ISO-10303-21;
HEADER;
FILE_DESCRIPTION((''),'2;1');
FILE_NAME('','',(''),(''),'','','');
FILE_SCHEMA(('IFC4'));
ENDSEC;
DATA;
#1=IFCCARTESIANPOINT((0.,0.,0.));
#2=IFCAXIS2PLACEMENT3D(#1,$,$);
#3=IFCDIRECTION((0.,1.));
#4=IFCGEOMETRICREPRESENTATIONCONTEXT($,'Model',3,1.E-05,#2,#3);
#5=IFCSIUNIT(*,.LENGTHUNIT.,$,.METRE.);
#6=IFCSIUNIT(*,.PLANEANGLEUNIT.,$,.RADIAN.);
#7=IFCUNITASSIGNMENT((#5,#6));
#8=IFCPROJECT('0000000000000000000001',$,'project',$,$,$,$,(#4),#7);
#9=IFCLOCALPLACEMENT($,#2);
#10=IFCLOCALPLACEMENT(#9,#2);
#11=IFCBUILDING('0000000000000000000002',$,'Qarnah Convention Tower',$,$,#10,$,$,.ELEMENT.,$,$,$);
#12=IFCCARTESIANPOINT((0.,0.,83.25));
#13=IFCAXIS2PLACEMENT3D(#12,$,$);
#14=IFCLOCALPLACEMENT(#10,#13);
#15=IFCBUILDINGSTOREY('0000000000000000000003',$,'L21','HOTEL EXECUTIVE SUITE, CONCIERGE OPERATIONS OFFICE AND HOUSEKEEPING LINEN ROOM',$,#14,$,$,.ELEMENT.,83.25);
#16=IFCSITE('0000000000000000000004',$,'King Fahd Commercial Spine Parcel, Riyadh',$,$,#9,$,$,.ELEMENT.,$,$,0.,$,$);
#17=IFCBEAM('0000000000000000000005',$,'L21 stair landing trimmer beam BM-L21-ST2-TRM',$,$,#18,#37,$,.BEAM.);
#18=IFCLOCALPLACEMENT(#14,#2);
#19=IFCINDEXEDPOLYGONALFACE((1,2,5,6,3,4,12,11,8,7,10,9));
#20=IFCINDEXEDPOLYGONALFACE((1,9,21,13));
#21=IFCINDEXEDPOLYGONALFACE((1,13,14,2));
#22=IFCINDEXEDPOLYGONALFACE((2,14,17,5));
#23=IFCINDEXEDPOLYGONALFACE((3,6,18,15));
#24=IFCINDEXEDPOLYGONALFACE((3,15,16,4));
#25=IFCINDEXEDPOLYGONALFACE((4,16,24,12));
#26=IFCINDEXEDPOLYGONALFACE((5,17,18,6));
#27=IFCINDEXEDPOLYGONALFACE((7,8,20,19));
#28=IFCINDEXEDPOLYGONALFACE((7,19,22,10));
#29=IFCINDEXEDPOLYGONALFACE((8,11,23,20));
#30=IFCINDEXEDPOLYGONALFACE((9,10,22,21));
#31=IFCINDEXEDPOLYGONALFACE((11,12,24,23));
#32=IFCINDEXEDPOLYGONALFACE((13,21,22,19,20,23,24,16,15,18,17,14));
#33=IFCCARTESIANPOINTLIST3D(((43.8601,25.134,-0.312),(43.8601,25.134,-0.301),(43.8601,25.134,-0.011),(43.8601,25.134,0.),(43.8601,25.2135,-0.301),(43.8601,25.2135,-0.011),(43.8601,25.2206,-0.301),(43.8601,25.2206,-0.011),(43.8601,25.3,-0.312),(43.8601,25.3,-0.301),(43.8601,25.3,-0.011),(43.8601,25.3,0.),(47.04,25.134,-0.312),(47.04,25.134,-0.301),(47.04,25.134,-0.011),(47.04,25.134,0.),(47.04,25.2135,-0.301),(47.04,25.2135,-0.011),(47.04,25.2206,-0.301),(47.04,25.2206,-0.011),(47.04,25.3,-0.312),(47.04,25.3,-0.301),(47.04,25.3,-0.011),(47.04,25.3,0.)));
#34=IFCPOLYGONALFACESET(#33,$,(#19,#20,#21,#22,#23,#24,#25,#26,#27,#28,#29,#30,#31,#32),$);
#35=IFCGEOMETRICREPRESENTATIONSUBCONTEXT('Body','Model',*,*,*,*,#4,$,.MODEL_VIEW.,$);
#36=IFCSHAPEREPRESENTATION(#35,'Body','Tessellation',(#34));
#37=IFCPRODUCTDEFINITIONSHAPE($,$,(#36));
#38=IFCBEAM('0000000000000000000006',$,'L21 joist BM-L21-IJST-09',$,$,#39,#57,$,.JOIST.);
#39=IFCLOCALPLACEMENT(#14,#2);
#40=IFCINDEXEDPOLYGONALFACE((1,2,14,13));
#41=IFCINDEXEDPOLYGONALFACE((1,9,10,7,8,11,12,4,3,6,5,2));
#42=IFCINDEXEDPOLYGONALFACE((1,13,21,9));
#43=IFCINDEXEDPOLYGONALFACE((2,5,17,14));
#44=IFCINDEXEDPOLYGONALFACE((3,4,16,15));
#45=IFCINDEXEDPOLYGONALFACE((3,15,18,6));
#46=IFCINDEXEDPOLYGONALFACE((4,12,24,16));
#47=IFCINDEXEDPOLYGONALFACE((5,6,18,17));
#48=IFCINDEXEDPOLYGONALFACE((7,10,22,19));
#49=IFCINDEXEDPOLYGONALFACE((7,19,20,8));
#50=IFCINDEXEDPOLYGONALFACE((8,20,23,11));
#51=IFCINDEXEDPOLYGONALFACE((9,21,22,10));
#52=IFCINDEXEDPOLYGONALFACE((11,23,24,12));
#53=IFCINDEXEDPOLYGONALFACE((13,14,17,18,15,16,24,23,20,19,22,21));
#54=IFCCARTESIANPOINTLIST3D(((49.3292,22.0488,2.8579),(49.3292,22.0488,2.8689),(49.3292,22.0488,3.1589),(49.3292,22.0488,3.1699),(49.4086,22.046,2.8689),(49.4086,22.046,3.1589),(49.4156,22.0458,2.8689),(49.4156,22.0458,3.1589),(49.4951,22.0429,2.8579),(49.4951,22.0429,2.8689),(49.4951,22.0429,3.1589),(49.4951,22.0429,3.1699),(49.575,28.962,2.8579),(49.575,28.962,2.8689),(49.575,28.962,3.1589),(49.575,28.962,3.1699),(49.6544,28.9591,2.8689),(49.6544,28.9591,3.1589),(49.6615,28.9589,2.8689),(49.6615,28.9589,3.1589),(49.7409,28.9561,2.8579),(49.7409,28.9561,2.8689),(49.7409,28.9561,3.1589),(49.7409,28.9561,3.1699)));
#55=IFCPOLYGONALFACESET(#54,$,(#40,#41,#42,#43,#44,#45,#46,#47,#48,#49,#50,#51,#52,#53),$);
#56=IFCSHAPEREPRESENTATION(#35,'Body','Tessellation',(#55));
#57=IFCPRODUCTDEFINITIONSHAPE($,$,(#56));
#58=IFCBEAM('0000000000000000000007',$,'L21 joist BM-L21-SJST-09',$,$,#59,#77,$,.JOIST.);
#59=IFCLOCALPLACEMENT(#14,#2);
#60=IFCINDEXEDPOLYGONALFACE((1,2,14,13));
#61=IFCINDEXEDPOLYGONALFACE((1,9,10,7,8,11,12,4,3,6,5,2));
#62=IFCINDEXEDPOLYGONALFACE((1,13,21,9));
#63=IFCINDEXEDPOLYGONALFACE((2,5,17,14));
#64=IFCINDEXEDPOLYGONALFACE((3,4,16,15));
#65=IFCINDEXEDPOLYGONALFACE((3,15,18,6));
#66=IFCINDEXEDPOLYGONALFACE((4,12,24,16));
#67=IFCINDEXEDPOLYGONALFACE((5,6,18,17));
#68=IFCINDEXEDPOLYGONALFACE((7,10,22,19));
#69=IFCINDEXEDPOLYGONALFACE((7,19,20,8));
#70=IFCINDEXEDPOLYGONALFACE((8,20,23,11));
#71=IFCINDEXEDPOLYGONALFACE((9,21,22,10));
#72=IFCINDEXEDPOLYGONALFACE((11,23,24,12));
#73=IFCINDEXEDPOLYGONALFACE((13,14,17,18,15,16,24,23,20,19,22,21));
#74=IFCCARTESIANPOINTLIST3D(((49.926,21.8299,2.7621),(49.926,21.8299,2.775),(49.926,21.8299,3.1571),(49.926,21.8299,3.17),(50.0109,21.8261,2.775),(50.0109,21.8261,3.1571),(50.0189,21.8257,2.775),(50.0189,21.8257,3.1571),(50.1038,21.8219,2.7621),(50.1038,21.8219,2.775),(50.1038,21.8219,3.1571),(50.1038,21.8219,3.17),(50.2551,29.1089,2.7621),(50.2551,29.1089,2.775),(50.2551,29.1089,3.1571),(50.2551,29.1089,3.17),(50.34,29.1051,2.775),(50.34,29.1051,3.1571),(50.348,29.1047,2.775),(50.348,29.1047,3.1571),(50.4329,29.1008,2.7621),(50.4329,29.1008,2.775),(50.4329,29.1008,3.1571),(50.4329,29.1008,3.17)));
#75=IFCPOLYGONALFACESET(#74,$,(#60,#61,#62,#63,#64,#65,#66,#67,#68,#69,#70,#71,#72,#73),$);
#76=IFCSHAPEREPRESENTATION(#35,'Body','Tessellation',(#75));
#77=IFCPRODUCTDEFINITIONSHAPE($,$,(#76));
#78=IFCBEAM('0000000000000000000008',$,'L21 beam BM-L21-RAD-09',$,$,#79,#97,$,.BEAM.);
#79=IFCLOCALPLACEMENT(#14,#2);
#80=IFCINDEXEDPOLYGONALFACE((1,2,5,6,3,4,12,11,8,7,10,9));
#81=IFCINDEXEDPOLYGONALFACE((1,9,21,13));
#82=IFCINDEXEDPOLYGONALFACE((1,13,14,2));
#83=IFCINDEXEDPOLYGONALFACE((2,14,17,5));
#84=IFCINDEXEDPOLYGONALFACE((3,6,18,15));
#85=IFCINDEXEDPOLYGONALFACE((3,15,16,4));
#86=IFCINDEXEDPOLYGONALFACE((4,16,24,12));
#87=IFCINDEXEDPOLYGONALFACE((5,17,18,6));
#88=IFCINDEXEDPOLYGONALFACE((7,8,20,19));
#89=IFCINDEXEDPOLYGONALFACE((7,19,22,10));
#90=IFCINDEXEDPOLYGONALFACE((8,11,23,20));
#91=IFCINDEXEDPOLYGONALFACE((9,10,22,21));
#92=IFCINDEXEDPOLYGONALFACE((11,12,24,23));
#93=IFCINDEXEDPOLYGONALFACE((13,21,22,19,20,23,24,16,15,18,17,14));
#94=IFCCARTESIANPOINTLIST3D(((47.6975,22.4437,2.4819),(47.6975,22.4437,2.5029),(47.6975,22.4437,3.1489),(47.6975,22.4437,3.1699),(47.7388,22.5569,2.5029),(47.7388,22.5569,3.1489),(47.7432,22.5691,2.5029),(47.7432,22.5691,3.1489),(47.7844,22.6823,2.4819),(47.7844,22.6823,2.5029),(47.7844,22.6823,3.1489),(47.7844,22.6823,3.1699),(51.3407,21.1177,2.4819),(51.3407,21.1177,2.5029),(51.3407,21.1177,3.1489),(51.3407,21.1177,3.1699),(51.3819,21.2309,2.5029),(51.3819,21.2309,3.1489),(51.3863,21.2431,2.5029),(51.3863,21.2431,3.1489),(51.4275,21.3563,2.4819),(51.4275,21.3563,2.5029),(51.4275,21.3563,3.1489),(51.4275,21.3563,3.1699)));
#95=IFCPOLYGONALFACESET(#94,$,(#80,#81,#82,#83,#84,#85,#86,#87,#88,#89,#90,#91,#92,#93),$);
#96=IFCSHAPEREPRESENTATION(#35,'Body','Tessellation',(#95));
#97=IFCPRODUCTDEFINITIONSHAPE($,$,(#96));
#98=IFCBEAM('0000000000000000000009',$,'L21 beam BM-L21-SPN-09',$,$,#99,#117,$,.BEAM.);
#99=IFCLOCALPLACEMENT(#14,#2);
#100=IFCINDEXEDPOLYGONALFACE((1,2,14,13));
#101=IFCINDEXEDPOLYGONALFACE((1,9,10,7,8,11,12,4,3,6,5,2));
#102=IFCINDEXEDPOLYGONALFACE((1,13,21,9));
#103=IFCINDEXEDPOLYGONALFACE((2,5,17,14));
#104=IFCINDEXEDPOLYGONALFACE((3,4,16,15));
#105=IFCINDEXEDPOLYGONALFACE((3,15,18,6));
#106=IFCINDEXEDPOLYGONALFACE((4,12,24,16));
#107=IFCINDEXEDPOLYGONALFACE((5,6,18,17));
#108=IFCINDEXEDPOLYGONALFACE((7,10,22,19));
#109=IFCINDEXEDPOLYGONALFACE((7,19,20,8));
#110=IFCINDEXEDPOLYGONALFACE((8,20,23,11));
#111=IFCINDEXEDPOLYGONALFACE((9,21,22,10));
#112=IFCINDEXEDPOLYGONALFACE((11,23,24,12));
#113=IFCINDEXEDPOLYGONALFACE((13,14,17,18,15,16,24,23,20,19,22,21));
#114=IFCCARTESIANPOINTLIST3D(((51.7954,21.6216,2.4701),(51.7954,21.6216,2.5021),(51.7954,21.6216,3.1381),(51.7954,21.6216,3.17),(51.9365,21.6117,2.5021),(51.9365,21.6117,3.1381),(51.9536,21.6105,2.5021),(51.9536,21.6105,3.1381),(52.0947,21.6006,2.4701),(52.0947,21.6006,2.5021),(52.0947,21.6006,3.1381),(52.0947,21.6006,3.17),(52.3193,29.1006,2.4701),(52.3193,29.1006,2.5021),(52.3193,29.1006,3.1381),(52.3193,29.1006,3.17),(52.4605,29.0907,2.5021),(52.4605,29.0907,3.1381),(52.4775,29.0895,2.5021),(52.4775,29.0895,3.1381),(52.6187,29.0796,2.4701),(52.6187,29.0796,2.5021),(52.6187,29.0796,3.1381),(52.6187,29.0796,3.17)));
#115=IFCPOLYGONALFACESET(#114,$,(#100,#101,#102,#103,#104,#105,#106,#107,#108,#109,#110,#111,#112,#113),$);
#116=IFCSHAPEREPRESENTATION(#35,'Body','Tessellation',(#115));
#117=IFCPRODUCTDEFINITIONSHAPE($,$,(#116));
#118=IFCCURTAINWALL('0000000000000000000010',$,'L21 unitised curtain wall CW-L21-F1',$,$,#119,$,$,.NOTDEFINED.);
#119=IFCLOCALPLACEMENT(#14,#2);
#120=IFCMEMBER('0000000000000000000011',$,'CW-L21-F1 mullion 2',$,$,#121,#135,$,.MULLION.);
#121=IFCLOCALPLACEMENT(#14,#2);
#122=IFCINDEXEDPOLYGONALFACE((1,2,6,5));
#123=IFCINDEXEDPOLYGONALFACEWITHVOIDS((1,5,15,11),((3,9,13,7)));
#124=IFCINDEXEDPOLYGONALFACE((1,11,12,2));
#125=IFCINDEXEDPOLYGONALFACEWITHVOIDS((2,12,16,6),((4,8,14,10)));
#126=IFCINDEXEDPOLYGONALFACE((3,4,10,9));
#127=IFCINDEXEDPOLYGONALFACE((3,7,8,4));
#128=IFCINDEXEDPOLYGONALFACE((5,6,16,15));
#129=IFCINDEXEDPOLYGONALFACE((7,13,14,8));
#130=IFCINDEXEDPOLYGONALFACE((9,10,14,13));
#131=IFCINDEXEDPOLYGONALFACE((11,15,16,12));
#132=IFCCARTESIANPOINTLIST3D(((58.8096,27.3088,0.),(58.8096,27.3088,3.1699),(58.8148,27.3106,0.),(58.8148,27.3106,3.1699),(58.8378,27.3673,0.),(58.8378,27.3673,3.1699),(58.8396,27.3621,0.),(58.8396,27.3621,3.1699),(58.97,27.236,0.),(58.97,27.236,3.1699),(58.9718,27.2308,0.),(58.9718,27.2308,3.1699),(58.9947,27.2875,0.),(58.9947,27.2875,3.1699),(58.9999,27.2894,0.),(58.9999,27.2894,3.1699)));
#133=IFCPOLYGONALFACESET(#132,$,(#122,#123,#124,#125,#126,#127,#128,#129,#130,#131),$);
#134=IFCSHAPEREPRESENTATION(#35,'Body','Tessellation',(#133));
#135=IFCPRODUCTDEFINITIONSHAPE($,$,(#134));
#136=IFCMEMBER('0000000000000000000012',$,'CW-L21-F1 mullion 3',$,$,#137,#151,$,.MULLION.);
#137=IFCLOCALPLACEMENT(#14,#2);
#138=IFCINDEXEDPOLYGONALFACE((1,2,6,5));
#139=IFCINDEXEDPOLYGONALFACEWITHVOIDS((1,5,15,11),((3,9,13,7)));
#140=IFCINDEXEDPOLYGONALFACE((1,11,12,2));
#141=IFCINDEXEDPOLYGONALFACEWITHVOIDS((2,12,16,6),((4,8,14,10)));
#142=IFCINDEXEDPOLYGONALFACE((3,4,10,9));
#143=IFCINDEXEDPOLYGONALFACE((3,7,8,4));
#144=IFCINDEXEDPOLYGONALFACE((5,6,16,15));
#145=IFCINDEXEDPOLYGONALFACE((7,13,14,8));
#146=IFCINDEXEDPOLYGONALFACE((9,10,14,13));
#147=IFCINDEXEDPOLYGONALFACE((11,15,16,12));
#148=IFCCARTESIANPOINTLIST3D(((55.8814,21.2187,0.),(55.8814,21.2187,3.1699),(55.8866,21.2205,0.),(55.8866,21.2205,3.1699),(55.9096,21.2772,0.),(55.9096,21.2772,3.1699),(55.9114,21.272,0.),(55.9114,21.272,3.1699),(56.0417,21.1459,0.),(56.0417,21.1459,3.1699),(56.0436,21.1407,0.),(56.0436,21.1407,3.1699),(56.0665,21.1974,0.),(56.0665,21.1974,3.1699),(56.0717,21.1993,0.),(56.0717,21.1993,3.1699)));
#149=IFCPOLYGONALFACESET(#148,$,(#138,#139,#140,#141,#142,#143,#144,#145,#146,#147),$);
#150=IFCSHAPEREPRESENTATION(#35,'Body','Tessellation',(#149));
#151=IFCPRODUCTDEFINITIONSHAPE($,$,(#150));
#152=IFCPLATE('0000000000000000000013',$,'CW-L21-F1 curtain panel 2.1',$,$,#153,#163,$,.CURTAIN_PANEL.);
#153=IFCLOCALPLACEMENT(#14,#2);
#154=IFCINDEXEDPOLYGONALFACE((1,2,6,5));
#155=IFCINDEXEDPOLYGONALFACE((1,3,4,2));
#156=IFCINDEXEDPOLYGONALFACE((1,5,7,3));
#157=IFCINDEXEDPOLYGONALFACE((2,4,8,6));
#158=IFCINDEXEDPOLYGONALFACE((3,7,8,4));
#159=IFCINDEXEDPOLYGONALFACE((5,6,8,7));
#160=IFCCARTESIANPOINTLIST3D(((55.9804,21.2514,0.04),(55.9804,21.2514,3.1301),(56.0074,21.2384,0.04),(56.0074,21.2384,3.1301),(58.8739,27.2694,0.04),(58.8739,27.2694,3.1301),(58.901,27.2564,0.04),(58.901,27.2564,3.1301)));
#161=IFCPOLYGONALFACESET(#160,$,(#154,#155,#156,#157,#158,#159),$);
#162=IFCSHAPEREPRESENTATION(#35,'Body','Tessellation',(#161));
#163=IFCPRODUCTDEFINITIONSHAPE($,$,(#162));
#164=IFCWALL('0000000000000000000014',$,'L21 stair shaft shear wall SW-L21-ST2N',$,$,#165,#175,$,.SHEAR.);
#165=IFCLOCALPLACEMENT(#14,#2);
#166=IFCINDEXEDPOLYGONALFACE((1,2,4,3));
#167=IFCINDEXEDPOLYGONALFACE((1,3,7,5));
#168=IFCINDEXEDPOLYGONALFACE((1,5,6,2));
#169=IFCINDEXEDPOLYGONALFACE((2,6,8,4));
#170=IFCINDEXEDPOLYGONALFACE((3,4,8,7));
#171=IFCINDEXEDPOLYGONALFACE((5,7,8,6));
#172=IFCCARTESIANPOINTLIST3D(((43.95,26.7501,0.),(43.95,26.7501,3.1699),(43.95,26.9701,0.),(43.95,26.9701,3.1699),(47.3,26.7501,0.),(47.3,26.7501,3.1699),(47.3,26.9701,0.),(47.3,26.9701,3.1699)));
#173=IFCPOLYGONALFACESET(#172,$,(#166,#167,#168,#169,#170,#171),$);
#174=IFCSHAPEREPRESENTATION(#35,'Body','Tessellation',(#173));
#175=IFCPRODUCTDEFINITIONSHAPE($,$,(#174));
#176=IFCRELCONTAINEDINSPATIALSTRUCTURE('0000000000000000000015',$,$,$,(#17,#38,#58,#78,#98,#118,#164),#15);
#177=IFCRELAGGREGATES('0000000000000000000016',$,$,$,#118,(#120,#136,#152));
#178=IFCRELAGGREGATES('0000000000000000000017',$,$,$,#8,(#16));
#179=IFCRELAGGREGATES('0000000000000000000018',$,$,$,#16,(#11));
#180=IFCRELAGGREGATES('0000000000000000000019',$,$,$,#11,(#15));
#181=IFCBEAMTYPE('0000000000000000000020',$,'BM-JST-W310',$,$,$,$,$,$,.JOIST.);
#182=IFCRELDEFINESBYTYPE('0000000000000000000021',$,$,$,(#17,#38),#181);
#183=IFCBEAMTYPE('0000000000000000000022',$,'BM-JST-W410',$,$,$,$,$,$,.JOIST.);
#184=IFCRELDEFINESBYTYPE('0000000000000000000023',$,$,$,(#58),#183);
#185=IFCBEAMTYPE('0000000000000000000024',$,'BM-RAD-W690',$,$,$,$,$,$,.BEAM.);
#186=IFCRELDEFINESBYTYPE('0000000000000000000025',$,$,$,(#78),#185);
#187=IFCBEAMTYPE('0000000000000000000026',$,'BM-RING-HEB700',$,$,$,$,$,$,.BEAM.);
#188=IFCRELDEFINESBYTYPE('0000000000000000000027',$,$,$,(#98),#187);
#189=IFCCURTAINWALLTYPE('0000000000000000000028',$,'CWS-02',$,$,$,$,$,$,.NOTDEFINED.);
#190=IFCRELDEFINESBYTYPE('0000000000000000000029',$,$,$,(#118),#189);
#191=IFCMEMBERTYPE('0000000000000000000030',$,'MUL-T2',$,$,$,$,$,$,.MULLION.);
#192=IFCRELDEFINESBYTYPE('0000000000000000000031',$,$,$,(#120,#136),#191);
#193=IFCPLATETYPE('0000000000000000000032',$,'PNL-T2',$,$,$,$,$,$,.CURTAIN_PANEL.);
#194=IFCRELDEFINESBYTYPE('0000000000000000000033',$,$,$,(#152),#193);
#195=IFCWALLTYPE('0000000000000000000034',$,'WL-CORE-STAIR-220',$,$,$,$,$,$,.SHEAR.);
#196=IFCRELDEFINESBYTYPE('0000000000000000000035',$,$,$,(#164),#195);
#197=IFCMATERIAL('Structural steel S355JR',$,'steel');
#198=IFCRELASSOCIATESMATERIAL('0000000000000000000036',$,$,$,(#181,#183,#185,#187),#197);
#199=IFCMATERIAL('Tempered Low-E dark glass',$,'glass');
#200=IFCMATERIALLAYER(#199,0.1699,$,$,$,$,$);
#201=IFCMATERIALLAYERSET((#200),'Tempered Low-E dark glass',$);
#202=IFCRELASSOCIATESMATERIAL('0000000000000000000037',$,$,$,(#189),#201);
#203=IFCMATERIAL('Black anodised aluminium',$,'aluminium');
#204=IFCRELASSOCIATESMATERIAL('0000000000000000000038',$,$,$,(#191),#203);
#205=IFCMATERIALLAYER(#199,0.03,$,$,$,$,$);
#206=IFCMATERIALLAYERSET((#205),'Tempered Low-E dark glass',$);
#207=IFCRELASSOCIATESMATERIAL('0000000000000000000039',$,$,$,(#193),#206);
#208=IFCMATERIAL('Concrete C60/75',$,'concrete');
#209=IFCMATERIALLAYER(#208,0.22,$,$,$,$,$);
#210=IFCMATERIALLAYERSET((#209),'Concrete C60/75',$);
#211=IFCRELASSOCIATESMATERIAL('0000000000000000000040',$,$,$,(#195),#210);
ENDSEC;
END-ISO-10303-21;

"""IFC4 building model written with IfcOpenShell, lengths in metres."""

from ifc_helpers import new_model, si_unit, direction, frame, frame_2d, origin, origin_2d, place, context, subcontext, project, spatial, rectangle, hollow_rectangle, i_section, extrude, material, layer, layer_set, material_profile, profile_set, type_object, element, aggregate, save


model = new_model("IFC4")

# Units and contexts
model_context = context("Model", 3, precision=1e-05, world=origin(), true_north=direction((0.0, 1.0)))
body_context = subcontext(model_context, "Body", "Model", "MODEL_VIEW")
ifc_project = project(units=[si_unit("LENGTHUNIT", "METRE"), si_unit("PLANEANGLEUNIT", "RADIAN")], contexts=[model_context])

# Site, building, storey
site_placement = place(None, origin())
site = spatial("IfcSite", under=ifc_project, at=site_placement, Name="King Fahd Commercial Spine Parcel, Riyadh", CompositionType="ELEMENT", RefElevation=0.0)
building_placement = place(site_placement, origin())
building = spatial("IfcBuilding", under=site, at=building_placement, Name="Qarnah Convention Tower", CompositionType="ELEMENT")
storey_placement = place(building_placement, frame((0.0, 0.0, 83.25)))
storey = spatial("IfcBuildingStorey", under=building, at=storey_placement, Name="L21", Description="HOTEL EXECUTIVE SUITE, CONCIERGE OPERATIONS OFFICE AND HOUSEKEEPING LINEN ROOM", CompositionType="ELEMENT", Elevation=83.25)

# Beams
ifc_material_1 = material(Name="Structural steel S355JR", Category="steel")
ifc_material_profile_1 = material_profile(ifc_material_1, i_section(OverallWidth=0.166, OverallDepth=0.312, WebThickness=0.0071, FlangeThickness=0.011, at=origin_2d()), Name="W310X45")
ifc_profile_set_1 = profile_set([ifc_material_profile_1], Name="Structural steel S355JR")
beam_type_1 = type_object("IfcBeamType", Name="BM-JST-W310", PredefinedType="JOIST", material=ifc_profile_set_1)
beam_1_placement = place(storey_placement, frame((43.8601, 25.217, -0.156), z_axis=(1.0, 0.0, 0.0), x_axis=(0.0, 1.0, 0.0)))
element("IfcBeam", 1, at=beam_1_placement, inside=storey, type_object=beam_type_1, Name="L21 stair landing trimmer beam BM-L21-ST2-TRM", PredefinedType="BEAM", context=body_context, shape_type="SweptSolid", body=[
    extrude(i_section(OverallWidth=0.166, OverallDepth=0.312, WebThickness=0.0071, FlangeThickness=0.011, at=origin_2d()), origin(), (0.0, 0.0, 1.0), 3.1799),
])
beam_2_placement = place(storey_placement, frame((49.4121, 22.0459, 3.0139), z_axis=(0.03554, 0.999368, 0.0), x_axis=(-0.999368, 0.03554, 0.0)))
element("IfcBeam", 2, at=beam_2_placement, inside=storey, type_object=beam_type_1, Name="L21 joist BM-L21-IJST-09", PredefinedType="JOIST", context=body_context, shape_type="SweptSolid", body=[
    extrude(i_section(OverallWidth=0.166, OverallDepth=0.312, WebThickness=0.0071, FlangeThickness=0.011, at=origin_2d()), origin(), (0.0, 0.0, 1.0), 6.9175),
])
ifc_material_profile_2 = material_profile(ifc_material_1, i_section(OverallWidth=0.178, OverallDepth=0.408, WebThickness=0.0081, FlangeThickness=0.0129, at=origin_2d()), Name="W410X60")
ifc_profile_set_2 = profile_set([ifc_material_profile_2], Name="Structural steel S355JR")
beam_type_2 = type_object("IfcBeamType", Name="BM-JST-W410", PredefinedType="JOIST", material=ifc_profile_set_2)
beam_3_placement = place(storey_placement, frame((50.0149, 21.8259, 2.9661), z_axis=(0.045166, 0.998979, 0.0), x_axis=(-0.998979, 0.045166, 0.0)))
element("IfcBeam", 3, at=beam_3_placement, inside=storey, type_object=beam_type_2, Name="L21 joist BM-L21-SJST-09", PredefinedType="JOIST", context=body_context, shape_type="SweptSolid", body=[
    extrude(i_section(OverallWidth=0.178, OverallDepth=0.408, WebThickness=0.0081, FlangeThickness=0.0129, at=origin_2d()), origin(), (0.0, 0.0, 1.0), 7.2864),
])
ifc_material_profile_3 = material_profile(ifc_material_1, i_section(OverallWidth=0.2539, OverallDepth=0.688, WebThickness=0.0129, FlangeThickness=0.021, at=origin_2d()), Name="W690X152")
ifc_profile_set_3 = profile_set([ifc_material_profile_3], Name="Structural steel S355JR")
beam_type_3 = type_object("IfcBeamType", Name="BM-RAD-W690", PredefinedType="BEAM", material=ifc_profile_set_3)
beam_4_placement = place(storey_placement, frame((47.741, 22.563, 2.8259), z_axis=(0.939696, -0.342011, 0.0), x_axis=(0.342011, 0.939696, 0.0)))
element("IfcBeam", 4, at=beam_4_placement, inside=storey, type_object=beam_type_3, Name="L21 beam BM-L21-RAD-09", PredefinedType="BEAM", context=body_context, shape_type="SweptSolid", body=[
    extrude(i_section(OverallWidth=0.2539, OverallDepth=0.688, WebThickness=0.0129, FlangeThickness=0.021, at=origin_2d()), origin(), (0.0, 0.0, 1.0), 3.877),
])
ifc_material_profile_4 = material_profile(ifc_material_1, i_section(OverallWidth=0.3, OverallDepth=0.7, WebThickness=0.0171, FlangeThickness=0.032, at=origin_2d()), Name="HEB700")
ifc_profile_set_4 = profile_set([ifc_material_profile_4], Name="Structural steel S355JR")
beam_type_4 = type_object("IfcBeamType", Name="BM-RING-HEB700", PredefinedType="BEAM", material=ifc_profile_set_4)
beam_5_placement = place(storey_placement, frame((51.9451, 21.6111, 2.8201), z_axis=(0.069882, 0.997555, 0.0), x_axis=(-0.997555, 0.069882, 0.0)))
element("IfcBeam", 5, at=beam_5_placement, inside=storey, type_object=beam_type_4, Name="L21 beam BM-L21-SPN-09", PredefinedType="BEAM", context=body_context, shape_type="SweptSolid", body=[
    extrude(i_section(OverallWidth=0.3, OverallDepth=0.7, WebThickness=0.0171, FlangeThickness=0.032, at=origin_2d()), origin(), (0.0, 0.0, 1.0), 7.4973),
])

# Curtain wall, members, plate
ifc_material_2 = material(Name="Tempered Low-E dark glass", Category="glass")
ifc_layer_1 = layer(ifc_material_2, 0.1699)
ifc_layer_set_1 = layer_set([ifc_layer_1], Name="Tempered Low-E dark glass")
curtain_wall_type = type_object("IfcCurtainWallType", Name="CWS-02", PredefinedType="NOTDEFINED", material=ifc_layer_set_1)
curtain_wall_placement = place(storey_placement, origin())
curtain_wall = element("IfcCurtainWall", 6, at=curtain_wall_placement, inside=storey, type_object=curtain_wall_type, Name="L21 unitised curtain wall CW-L21-F1", PredefinedType="NOTDEFINED")
ifc_material_3 = material(Name="Black anodised aluminium", Category="aluminium")
ifc_material_profile_5 = material_profile(ifc_material_3, hollow_rectangle(XDim=0.0649, YDim=0.1799, WallThickness=0.0039, at=origin_2d()), Name="MUL-65X180")
ifc_profile_set_5 = profile_set([ifc_material_profile_5], Name="Black anodised aluminium")
member_type = type_object("IfcMemberType", Name="MUL-T2", PredefinedType="MULLION", material=ifc_profile_set_5)
member_1_placement = place(storey_placement, frame((58.9048, 27.2991, 0.0), z_axis=(0.0, 0.0, 1.0), x_axis=(-0.433332, -0.901234, 0.0)))
member_1 = element("IfcMember", 7, at=member_1_placement, type_object=member_type, Name="CW-L21-F1 mullion 2", PredefinedType="MULLION", context=body_context, shape_type="SweptSolid", body=[
    extrude(hollow_rectangle(XDim=0.0649, YDim=0.1799, WallThickness=0.0039, at=origin_2d()), origin(), (0.0, 0.0, 1.0), 3.1699),
])
member_2_placement = place(storey_placement, frame((55.9766, 21.209, 0.0), z_axis=(0.0, 0.0, 1.0), x_axis=(-0.433332, -0.901234, 0.0)))
member_2 = element("IfcMember", 8, at=member_2_placement, type_object=member_type, Name="CW-L21-F1 mullion 3", PredefinedType="MULLION", context=body_context, shape_type="SweptSolid", body=[
    extrude(hollow_rectangle(XDim=0.0649, YDim=0.1799, WallThickness=0.0039, at=origin_2d()), origin(), (0.0, 0.0, 1.0), 3.1699),
])
ifc_layer_2 = layer(ifc_material_2, 0.03)
ifc_layer_set_2 = layer_set([ifc_layer_2], Name="Tempered Low-E dark glass")
plate_type = type_object("IfcPlateType", Name="PNL-T2", PredefinedType="CURTAIN_PANEL", material=ifc_layer_set_2)
plate_placement = place(storey_placement, frame((57.4407, 24.2539, 0.04), z_axis=(0.0, 0.0, 1.0), x_axis=(-0.433332, -0.901234, 0.0)))
plate = element("IfcPlate", 9, at=plate_placement, type_object=plate_type, Name="CW-L21-F1 curtain panel 2.1", PredefinedType="CURTAIN_PANEL", context=body_context, shape_type="SweptSolid", body=[
    extrude(rectangle(XDim=6.6775, YDim=0.03, at=origin_2d()), origin(), (0.0, 0.0, 1.0), 3.0901),
])
aggregate(curtain_wall, [member_1, member_2, plate])

# Wall
ifc_material_4 = material(Name="Concrete C60/75", Category="concrete")
ifc_layer_3 = layer(ifc_material_4, 0.22)
ifc_layer_set_3 = layer_set([ifc_layer_3], Name="Concrete C60/75")
wall_type_1 = type_object("IfcWallType", Name="WL-CORE-STAIR-220", PredefinedType="SHEAR", material=ifc_layer_set_3)
wall_1_placement = place(storey_placement, frame((43.95, 26.8601, 0.0), z_axis=(0.0, 0.0, 1.0), x_axis=(1.0, 0.0, 0.0)))
element("IfcWall", 10, at=wall_1_placement, inside=storey, type_object=wall_type_1, Name="L21 stair shaft shear wall SW-L21-ST2N", PredefinedType="SHEAR", context=body_context, shape_type="SweptSolid", body=[
    extrude(rectangle(XDim=3.3501, YDim=0.22, at=frame_2d((1.675, 0.0))), origin(), (0.0, 0.0, 1.0), 3.1699),
])

save(model, "model.ifc")
